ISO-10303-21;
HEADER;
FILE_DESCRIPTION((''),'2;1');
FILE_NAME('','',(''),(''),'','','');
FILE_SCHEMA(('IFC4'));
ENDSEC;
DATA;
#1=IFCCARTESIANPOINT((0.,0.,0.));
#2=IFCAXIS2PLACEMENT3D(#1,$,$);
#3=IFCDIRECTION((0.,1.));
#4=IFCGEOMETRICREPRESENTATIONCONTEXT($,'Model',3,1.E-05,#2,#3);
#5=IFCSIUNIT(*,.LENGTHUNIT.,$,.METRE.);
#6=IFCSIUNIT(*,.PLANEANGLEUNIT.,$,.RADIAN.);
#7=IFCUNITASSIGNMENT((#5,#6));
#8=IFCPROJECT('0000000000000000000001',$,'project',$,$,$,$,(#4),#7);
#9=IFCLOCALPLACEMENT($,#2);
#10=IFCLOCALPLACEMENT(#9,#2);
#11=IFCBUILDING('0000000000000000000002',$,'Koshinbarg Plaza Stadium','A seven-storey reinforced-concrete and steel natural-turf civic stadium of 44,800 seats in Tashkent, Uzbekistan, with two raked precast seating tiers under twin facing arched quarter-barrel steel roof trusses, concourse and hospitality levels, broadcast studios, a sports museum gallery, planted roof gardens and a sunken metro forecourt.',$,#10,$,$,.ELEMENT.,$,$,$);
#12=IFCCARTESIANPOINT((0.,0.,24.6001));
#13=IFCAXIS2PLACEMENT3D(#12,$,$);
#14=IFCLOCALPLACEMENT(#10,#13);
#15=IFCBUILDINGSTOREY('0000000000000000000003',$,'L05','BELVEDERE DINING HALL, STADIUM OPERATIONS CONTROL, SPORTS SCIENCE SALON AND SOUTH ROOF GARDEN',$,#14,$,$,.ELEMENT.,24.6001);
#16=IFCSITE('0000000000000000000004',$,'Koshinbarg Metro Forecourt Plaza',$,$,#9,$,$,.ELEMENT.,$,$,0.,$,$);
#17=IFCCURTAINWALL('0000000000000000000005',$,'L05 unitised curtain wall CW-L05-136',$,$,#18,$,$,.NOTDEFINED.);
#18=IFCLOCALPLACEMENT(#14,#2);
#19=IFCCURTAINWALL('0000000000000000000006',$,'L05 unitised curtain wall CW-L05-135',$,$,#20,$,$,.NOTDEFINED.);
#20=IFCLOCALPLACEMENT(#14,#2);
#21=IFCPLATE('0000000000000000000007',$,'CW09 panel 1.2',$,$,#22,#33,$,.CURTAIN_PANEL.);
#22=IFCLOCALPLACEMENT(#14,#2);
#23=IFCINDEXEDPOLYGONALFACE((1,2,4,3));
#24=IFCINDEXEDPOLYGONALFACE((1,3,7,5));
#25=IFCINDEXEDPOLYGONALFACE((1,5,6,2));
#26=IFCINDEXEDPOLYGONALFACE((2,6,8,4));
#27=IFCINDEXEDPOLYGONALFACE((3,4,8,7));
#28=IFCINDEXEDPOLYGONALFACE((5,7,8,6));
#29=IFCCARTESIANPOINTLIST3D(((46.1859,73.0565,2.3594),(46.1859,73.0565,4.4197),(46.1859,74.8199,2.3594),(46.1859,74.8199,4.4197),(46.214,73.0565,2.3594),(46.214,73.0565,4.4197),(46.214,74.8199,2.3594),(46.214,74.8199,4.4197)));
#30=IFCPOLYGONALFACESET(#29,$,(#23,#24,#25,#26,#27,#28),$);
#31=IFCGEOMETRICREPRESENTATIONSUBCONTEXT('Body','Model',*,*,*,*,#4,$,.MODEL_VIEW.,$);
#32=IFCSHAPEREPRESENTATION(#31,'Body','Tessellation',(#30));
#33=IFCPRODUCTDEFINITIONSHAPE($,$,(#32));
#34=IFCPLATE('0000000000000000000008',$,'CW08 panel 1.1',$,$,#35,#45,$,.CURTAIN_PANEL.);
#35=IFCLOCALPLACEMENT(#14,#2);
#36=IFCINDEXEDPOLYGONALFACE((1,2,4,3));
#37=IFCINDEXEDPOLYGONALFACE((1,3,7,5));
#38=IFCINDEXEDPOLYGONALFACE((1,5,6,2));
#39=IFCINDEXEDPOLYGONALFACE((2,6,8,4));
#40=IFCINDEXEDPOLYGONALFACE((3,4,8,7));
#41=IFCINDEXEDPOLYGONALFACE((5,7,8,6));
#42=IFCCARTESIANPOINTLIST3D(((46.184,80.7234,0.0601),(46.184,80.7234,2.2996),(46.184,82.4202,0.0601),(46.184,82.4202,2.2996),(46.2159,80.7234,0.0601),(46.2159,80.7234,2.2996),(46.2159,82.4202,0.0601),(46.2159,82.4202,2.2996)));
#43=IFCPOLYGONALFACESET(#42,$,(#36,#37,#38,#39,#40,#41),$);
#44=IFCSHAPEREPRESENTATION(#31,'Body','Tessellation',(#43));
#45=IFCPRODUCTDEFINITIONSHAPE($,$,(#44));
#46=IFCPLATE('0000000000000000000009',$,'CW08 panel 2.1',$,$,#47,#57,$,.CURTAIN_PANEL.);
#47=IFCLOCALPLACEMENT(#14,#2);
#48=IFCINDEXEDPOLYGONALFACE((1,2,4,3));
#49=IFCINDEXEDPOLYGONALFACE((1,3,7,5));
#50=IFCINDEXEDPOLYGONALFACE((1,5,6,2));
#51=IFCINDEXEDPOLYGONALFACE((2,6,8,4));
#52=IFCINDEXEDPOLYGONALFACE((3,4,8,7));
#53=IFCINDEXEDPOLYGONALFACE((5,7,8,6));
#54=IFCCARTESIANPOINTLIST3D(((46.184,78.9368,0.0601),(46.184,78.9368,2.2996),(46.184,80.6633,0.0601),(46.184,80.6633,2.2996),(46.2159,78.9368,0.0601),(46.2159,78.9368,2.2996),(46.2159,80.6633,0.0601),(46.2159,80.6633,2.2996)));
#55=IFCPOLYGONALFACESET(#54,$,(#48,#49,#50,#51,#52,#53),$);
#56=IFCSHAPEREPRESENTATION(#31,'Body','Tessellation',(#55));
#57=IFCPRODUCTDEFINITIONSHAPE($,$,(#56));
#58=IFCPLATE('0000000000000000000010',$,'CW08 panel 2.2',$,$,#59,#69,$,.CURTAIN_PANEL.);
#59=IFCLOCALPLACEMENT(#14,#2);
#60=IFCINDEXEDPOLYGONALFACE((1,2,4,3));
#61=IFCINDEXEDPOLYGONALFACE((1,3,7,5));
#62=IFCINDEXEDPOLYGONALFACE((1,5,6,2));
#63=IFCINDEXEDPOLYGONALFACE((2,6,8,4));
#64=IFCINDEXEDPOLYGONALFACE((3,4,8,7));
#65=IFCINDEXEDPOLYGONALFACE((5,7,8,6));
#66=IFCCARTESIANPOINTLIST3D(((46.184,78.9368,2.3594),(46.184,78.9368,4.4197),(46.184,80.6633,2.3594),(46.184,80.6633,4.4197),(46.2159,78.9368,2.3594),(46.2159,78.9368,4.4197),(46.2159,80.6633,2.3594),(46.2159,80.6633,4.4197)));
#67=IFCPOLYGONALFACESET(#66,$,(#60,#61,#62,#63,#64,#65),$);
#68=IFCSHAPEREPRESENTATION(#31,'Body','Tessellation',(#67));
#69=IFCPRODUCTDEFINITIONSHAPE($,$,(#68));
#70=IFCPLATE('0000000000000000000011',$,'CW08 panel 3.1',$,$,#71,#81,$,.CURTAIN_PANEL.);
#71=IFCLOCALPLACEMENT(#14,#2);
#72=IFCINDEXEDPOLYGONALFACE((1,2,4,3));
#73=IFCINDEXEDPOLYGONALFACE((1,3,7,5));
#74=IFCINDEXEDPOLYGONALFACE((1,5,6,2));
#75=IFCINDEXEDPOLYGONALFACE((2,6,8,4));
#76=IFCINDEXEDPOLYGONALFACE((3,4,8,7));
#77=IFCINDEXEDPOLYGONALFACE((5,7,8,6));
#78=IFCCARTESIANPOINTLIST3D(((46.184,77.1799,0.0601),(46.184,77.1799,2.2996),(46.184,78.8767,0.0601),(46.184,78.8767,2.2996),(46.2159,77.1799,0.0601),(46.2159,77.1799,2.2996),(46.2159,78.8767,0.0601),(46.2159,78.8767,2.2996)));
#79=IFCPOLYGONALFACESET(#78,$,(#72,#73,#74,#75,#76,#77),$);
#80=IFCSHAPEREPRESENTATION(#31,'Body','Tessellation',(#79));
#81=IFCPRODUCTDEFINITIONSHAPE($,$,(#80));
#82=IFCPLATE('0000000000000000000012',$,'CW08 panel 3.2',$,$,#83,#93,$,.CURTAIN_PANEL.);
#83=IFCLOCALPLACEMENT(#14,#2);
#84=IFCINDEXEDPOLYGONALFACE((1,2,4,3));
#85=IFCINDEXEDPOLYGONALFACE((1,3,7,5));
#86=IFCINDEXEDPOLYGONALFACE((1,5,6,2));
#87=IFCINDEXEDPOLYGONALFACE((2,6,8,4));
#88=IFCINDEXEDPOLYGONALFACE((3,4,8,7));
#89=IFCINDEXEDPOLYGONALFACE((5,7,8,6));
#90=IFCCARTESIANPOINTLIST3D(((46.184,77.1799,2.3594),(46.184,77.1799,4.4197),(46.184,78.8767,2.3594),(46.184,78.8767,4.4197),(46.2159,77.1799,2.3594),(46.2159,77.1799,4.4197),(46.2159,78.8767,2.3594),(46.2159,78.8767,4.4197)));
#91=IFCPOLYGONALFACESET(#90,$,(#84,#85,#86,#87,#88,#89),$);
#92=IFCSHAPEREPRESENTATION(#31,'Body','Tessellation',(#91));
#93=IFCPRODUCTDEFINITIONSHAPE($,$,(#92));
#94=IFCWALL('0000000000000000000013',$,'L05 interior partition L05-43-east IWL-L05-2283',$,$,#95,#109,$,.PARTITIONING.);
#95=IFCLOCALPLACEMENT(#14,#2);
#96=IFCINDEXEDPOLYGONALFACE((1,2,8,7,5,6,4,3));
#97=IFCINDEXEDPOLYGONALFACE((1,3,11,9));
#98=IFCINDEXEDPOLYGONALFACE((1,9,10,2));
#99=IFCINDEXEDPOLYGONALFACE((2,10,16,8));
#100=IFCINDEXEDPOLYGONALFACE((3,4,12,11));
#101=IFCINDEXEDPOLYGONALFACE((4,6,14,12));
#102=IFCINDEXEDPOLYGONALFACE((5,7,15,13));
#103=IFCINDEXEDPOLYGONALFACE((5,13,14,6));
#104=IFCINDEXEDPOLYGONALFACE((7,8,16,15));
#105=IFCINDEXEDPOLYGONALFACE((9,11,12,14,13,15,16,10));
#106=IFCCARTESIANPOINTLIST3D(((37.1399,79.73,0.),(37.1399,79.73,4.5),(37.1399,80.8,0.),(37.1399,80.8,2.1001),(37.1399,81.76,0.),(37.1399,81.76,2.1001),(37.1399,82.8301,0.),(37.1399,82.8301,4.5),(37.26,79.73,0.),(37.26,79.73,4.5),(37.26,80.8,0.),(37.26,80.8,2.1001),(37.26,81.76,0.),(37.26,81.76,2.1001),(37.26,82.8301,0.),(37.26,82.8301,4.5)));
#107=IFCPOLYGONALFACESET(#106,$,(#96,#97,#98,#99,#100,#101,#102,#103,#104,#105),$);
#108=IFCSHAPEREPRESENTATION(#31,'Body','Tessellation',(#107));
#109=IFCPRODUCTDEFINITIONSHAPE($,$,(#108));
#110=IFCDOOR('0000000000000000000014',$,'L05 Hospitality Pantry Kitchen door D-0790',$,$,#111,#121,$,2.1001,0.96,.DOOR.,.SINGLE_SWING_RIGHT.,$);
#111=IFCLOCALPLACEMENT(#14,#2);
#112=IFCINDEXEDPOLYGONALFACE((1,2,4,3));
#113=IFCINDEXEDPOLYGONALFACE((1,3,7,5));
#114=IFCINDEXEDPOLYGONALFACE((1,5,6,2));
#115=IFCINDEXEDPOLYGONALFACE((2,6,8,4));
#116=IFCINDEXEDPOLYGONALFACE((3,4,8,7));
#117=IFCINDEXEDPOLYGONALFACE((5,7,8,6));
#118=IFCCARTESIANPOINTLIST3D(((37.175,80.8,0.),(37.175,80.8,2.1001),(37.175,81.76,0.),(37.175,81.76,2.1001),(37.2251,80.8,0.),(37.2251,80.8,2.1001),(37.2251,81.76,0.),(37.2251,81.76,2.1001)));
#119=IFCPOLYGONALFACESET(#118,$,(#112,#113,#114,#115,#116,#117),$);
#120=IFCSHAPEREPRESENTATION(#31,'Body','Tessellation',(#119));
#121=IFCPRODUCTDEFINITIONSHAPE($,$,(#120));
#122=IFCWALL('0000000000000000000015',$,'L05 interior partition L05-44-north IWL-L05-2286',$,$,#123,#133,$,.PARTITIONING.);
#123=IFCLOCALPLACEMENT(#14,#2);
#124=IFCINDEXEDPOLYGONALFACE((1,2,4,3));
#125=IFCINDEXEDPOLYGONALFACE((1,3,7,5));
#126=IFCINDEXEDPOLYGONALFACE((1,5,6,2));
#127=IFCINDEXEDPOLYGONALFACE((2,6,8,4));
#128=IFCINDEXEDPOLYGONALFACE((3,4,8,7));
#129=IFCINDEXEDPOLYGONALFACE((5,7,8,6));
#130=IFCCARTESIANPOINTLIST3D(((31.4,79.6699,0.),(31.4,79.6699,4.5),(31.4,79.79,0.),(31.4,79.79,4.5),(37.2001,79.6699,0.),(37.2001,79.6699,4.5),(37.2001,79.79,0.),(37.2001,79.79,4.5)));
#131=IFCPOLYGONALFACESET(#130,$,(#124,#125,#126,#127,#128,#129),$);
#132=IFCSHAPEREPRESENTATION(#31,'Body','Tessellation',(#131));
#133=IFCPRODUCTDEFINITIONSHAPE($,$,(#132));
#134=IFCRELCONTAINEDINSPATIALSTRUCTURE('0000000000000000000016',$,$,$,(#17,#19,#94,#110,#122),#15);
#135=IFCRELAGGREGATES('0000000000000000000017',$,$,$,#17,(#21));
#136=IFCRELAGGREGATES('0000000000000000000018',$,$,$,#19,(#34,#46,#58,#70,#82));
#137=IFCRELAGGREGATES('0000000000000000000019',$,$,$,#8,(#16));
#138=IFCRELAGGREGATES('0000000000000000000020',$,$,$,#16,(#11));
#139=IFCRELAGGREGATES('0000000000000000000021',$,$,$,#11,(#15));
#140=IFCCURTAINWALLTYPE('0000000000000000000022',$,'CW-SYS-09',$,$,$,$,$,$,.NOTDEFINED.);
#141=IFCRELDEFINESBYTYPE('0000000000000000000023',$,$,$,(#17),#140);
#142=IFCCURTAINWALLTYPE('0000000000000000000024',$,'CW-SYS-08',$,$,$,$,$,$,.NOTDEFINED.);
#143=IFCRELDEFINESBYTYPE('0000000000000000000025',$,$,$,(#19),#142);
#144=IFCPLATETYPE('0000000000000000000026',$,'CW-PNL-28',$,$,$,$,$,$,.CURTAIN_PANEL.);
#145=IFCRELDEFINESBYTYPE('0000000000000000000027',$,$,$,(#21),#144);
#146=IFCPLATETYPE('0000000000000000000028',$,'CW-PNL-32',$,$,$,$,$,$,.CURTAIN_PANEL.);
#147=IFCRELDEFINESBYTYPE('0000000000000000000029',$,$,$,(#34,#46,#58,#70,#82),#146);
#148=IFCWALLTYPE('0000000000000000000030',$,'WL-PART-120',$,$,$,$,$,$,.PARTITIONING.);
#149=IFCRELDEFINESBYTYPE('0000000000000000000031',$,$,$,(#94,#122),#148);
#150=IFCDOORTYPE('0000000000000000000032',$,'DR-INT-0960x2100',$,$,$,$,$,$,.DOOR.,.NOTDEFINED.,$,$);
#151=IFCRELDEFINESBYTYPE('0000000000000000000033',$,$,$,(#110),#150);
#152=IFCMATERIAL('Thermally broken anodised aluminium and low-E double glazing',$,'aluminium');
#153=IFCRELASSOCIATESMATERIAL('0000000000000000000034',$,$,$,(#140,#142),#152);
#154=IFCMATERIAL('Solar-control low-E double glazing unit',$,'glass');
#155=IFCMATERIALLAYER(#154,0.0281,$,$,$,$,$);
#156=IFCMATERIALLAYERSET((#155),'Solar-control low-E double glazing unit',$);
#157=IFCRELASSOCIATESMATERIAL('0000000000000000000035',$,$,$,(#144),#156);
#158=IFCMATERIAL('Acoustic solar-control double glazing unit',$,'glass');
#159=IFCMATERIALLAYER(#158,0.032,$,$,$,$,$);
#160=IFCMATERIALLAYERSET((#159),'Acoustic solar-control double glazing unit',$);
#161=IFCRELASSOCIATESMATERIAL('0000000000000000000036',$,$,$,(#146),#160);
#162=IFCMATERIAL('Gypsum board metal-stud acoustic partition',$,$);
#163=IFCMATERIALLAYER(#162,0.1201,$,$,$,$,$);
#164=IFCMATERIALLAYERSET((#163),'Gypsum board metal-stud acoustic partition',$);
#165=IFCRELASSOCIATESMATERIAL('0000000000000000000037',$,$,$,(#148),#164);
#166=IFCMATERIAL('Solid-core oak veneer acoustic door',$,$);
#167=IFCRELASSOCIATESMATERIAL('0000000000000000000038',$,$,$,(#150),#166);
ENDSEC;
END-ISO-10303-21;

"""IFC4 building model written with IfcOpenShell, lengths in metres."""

from ifc_helpers import new_model, si_unit, direction, frame, frame_2d, origin, origin_2d, place, context, subcontext, project, spatial, rectangle, extrude, material, layer, layer_set, type_object, element, fill, aggregate, save


model = new_model("IFC4")

# Units and contexts
model_context = context("Model", 3, precision=1e-05, world=origin(), true_north=direction((0.0, 1.0)))
body_context = subcontext(model_context, "Body", "Model", "MODEL_VIEW")
ifc_project = project(units=[si_unit("LENGTHUNIT", "METRE"), si_unit("PLANEANGLEUNIT", "RADIAN")], contexts=[model_context])

# Site, building, storey
site_placement = place(None, origin())
site = spatial("IfcSite", under=ifc_project, at=site_placement, Name="Koshinbarg Metro Forecourt Plaza", CompositionType="ELEMENT", RefElevation=0.0)
building_placement = place(site_placement, origin())
building = spatial("IfcBuilding", under=site, at=building_placement, Name="Koshinbarg Plaza Stadium", Description="A seven-storey reinforced-concrete and steel natural-turf civic stadium of 44,800 seats in Tashkent, Uzbekistan, with two raked precast seating tiers under twin facing arched quarter-barrel steel roof trusses, concourse and hospitality levels, broadcast studios, a sports museum gallery, planted roof gardens and a sunken metro forecourt.", CompositionType="ELEMENT")
storey_placement = place(building_placement, frame((0.0, 0.0, 24.6001)))
storey = spatial("IfcBuildingStorey", under=building, at=storey_placement, Name="L05", Description="BELVEDERE DINING HALL, STADIUM OPERATIONS CONTROL, SPORTS SCIENCE SALON AND SOUTH ROOF GARDEN", CompositionType="ELEMENT", Elevation=24.6001)

# Curtain wall
ifc_material_1 = material(Name="Thermally broken anodised aluminium and low-E double glazing", Category="aluminium")
curtain_wall_type_1 = type_object("IfcCurtainWallType", Name="CW-SYS-09", PredefinedType="NOTDEFINED", material=ifc_material_1)
curtain_wall_1_placement = place(storey_placement, origin())
curtain_wall_1 = element("IfcCurtainWall", 1, at=curtain_wall_1_placement, inside=storey, type_object=curtain_wall_type_1, Name="L05 unitised curtain wall CW-L05-136", PredefinedType="NOTDEFINED")

# Curtain wall
curtain_wall_type_2 = type_object("IfcCurtainWallType", Name="CW-SYS-08", PredefinedType="NOTDEFINED", material=ifc_material_1)
curtain_wall_2_placement = place(storey_placement, origin())
curtain_wall_2 = element("IfcCurtainWall", 2, at=curtain_wall_2_placement, inside=storey, type_object=curtain_wall_type_2, Name="L05 unitised curtain wall CW-L05-135", PredefinedType="NOTDEFINED")

# Plates
ifc_material_2 = material(Name="Solar-control low-E double glazing unit", Category="glass")
ifc_layer_1 = layer(ifc_material_2, 0.0281)
ifc_layer_set_1 = layer_set([ifc_layer_1], Name="Solar-control low-E double glazing unit")
plate_type_1 = type_object("IfcPlateType", Name="CW-PNL-28", PredefinedType="CURTAIN_PANEL", material=ifc_layer_set_1)
plate_1_placement = place(storey_placement, frame((46.2, 73.9382, 2.3594), z_axis=(0.0, 0.0, 1.0), x_axis=(0.0, -1.0, 0.0)))
plate_1 = element("IfcPlate", 3, at=plate_1_placement, type_object=plate_type_1, Name="CW09 panel 1.2", PredefinedType="CURTAIN_PANEL", context=body_context, shape_type="SweptSolid", body=[
    extrude(rectangle(XDim=1.7634, YDim=0.0281, at=origin_2d()), origin(), (0.0, 0.0, 1.0), 2.0603),
])
aggregate(curtain_wall_1, [plate_1])
ifc_material_3 = material(Name="Acoustic solar-control double glazing unit", Category="glass")
ifc_layer_2 = layer(ifc_material_3, 0.032)
ifc_layer_set_2 = layer_set([ifc_layer_2], Name="Acoustic solar-control double glazing unit")
plate_type_2 = type_object("IfcPlateType", Name="CW-PNL-32", PredefinedType="CURTAIN_PANEL", material=ifc_layer_set_2)
plate_2_placement = place(storey_placement, frame((46.2, 81.5718, 0.0601), z_axis=(0.0, 0.0, 1.0), x_axis=(0.0, -1.0, 0.0)))
plate_2 = element("IfcPlate", 4, at=plate_2_placement, type_object=plate_type_2, Name="CW08 panel 1.1", PredefinedType="CURTAIN_PANEL", context=body_context, shape_type="SweptSolid", body=[
    extrude(rectangle(XDim=1.6968, YDim=0.032, at=origin_2d()), origin(), (0.0, 0.0, 1.0), 2.2395),
])
plate_3_placement = place(storey_placement, frame((46.2, 79.8, 0.0601), z_axis=(0.0, 0.0, 1.0), x_axis=(0.0, -1.0, 0.0)))
plate_3 = element("IfcPlate", 5, at=plate_3_placement, type_object=plate_type_2, Name="CW08 panel 2.1", PredefinedType="CURTAIN_PANEL", context=body_context, shape_type="SweptSolid", body=[
    extrude(rectangle(XDim=1.7266, YDim=0.032, at=origin_2d()), origin(), (0.0, 0.0, 1.0), 2.2395),
])
plate_4_placement = place(storey_placement, frame((46.2, 79.8, 2.3594), z_axis=(0.0, 0.0, 1.0), x_axis=(0.0, -1.0, 0.0)))
plate_4 = element("IfcPlate", 6, at=plate_4_placement, type_object=plate_type_2, Name="CW08 panel 2.2", PredefinedType="CURTAIN_PANEL", context=body_context, shape_type="SweptSolid", body=[
    extrude(rectangle(XDim=1.7266, YDim=0.032, at=origin_2d()), origin(), (0.0, 0.0, 1.0), 2.0603),
])
plate_5_placement = place(storey_placement, frame((46.2, 78.0283, 0.0601), z_axis=(0.0, 0.0, 1.0), x_axis=(0.0, -1.0, 0.0)))
plate_5 = element("IfcPlate", 7, at=plate_5_placement, type_object=plate_type_2, Name="CW08 panel 3.1", PredefinedType="CURTAIN_PANEL", context=body_context, shape_type="SweptSolid", body=[
    extrude(rectangle(XDim=1.6968, YDim=0.032, at=origin_2d()), origin(), (0.0, 0.0, 1.0), 2.2395),
])
plate_6_placement = place(storey_placement, frame((46.2, 78.0283, 2.3594), z_axis=(0.0, 0.0, 1.0), x_axis=(0.0, -1.0, 0.0)))
plate_6 = element("IfcPlate", 8, at=plate_6_placement, type_object=plate_type_2, Name="CW08 panel 3.2", PredefinedType="CURTAIN_PANEL", context=body_context, shape_type="SweptSolid", body=[
    extrude(rectangle(XDim=1.6968, YDim=0.032, at=origin_2d()), origin(), (0.0, 0.0, 1.0), 2.0603),
])
aggregate(curtain_wall_2, [plate_2, plate_3, plate_4, plate_5, plate_6])

# Wall, opening, door
ifc_material_4 = material(Name="Gypsum board metal-stud acoustic partition")
ifc_layer_3 = layer(ifc_material_4, 0.1201)
ifc_layer_set_3 = layer_set([ifc_layer_3], Name="Gypsum board metal-stud acoustic partition")
wall_type = type_object("IfcWallType", Name="WL-PART-120", PredefinedType="PARTITIONING", material=ifc_layer_set_3)
wall_1_placement = place(storey_placement, frame((37.2, 79.73, 0.0), z_axis=(0.0, 0.0, 1.0), x_axis=(0.0, 1.0, 0.0)))
wall_1 = element("IfcWall", 9, at=wall_1_placement, inside=storey, type_object=wall_type, Name="L05 interior partition L05-43-east IWL-L05-2283", PredefinedType="PARTITIONING", context=body_context, shape_type="SweptSolid", body=[
    extrude(rectangle(XDim=3.1001, YDim=0.1201, at=frame_2d((1.55, 0.0))), origin(), (0.0, 0.0, 1.0), 4.5),
])
opening_placement = place(wall_1_placement, frame((1.0701, 0.0, 0.0)))
opening = element("IfcOpeningElement", 10, at=opening_placement, cuts=wall_1, PredefinedType="OPENING", context=body_context, shape_type="SweptSolid", body=[
    extrude(rectangle(XDim=0.96, YDim=2.1001, at=frame_2d((0.48, 1.05))), frame((0.0, 0.0701, 0.0), z_axis=(0.0, -1.0, 0.0), x_axis=(1.0, 0.0, 0.0)), (0.0, 0.0, 1.0), 0.1401),
])
ifc_material_5 = material(Name="Solid-core oak veneer acoustic door")
door_type = type_object("IfcDoorType", Name="DR-INT-0960x2100", OperationType="NOTDEFINED", PredefinedType="DOOR", material=ifc_material_5)
door_placement = place(opening_placement, origin())
door = element("IfcDoor", 11, at=door_placement, inside=storey, type_object=door_type, Name="L05 Hospitality Pantry Kitchen door D-0790", OperationType="SINGLE_SWING_RIGHT", OverallHeight=2.1001, OverallWidth=0.96, PredefinedType="DOOR", context=body_context, shape_type="SweptSolid", body=[
    extrude(rectangle(XDim=0.96, YDim=2.1001, at=frame_2d((0.48, 1.05))), frame((0.0, 0.0249, 0.0), z_axis=(0.0, -1.0, 0.0), x_axis=(1.0, 0.0, 0.0)), (0.0, 0.0, 1.0), 0.05),
])
fill(opening, door)

# Wall
wall_2_placement = place(storey_placement, frame((37.2, 79.73, 0.0), z_axis=(0.0, 0.0, 1.0), x_axis=(-1.0, 0.0, 0.0)))
element("IfcWall", 12, at=wall_2_placement, inside=storey, type_object=wall_type, Name="L05 interior partition L05-44-north IWL-L05-2286", PredefinedType="PARTITIONING", context=body_context, shape_type="SweptSolid", body=[
    extrude(rectangle(XDim=5.8, YDim=0.1201, at=frame_2d((2.8999, 0.0))), origin(), (0.0, 0.0, 1.0), 4.5),
])

save(model, "model.ifc")
